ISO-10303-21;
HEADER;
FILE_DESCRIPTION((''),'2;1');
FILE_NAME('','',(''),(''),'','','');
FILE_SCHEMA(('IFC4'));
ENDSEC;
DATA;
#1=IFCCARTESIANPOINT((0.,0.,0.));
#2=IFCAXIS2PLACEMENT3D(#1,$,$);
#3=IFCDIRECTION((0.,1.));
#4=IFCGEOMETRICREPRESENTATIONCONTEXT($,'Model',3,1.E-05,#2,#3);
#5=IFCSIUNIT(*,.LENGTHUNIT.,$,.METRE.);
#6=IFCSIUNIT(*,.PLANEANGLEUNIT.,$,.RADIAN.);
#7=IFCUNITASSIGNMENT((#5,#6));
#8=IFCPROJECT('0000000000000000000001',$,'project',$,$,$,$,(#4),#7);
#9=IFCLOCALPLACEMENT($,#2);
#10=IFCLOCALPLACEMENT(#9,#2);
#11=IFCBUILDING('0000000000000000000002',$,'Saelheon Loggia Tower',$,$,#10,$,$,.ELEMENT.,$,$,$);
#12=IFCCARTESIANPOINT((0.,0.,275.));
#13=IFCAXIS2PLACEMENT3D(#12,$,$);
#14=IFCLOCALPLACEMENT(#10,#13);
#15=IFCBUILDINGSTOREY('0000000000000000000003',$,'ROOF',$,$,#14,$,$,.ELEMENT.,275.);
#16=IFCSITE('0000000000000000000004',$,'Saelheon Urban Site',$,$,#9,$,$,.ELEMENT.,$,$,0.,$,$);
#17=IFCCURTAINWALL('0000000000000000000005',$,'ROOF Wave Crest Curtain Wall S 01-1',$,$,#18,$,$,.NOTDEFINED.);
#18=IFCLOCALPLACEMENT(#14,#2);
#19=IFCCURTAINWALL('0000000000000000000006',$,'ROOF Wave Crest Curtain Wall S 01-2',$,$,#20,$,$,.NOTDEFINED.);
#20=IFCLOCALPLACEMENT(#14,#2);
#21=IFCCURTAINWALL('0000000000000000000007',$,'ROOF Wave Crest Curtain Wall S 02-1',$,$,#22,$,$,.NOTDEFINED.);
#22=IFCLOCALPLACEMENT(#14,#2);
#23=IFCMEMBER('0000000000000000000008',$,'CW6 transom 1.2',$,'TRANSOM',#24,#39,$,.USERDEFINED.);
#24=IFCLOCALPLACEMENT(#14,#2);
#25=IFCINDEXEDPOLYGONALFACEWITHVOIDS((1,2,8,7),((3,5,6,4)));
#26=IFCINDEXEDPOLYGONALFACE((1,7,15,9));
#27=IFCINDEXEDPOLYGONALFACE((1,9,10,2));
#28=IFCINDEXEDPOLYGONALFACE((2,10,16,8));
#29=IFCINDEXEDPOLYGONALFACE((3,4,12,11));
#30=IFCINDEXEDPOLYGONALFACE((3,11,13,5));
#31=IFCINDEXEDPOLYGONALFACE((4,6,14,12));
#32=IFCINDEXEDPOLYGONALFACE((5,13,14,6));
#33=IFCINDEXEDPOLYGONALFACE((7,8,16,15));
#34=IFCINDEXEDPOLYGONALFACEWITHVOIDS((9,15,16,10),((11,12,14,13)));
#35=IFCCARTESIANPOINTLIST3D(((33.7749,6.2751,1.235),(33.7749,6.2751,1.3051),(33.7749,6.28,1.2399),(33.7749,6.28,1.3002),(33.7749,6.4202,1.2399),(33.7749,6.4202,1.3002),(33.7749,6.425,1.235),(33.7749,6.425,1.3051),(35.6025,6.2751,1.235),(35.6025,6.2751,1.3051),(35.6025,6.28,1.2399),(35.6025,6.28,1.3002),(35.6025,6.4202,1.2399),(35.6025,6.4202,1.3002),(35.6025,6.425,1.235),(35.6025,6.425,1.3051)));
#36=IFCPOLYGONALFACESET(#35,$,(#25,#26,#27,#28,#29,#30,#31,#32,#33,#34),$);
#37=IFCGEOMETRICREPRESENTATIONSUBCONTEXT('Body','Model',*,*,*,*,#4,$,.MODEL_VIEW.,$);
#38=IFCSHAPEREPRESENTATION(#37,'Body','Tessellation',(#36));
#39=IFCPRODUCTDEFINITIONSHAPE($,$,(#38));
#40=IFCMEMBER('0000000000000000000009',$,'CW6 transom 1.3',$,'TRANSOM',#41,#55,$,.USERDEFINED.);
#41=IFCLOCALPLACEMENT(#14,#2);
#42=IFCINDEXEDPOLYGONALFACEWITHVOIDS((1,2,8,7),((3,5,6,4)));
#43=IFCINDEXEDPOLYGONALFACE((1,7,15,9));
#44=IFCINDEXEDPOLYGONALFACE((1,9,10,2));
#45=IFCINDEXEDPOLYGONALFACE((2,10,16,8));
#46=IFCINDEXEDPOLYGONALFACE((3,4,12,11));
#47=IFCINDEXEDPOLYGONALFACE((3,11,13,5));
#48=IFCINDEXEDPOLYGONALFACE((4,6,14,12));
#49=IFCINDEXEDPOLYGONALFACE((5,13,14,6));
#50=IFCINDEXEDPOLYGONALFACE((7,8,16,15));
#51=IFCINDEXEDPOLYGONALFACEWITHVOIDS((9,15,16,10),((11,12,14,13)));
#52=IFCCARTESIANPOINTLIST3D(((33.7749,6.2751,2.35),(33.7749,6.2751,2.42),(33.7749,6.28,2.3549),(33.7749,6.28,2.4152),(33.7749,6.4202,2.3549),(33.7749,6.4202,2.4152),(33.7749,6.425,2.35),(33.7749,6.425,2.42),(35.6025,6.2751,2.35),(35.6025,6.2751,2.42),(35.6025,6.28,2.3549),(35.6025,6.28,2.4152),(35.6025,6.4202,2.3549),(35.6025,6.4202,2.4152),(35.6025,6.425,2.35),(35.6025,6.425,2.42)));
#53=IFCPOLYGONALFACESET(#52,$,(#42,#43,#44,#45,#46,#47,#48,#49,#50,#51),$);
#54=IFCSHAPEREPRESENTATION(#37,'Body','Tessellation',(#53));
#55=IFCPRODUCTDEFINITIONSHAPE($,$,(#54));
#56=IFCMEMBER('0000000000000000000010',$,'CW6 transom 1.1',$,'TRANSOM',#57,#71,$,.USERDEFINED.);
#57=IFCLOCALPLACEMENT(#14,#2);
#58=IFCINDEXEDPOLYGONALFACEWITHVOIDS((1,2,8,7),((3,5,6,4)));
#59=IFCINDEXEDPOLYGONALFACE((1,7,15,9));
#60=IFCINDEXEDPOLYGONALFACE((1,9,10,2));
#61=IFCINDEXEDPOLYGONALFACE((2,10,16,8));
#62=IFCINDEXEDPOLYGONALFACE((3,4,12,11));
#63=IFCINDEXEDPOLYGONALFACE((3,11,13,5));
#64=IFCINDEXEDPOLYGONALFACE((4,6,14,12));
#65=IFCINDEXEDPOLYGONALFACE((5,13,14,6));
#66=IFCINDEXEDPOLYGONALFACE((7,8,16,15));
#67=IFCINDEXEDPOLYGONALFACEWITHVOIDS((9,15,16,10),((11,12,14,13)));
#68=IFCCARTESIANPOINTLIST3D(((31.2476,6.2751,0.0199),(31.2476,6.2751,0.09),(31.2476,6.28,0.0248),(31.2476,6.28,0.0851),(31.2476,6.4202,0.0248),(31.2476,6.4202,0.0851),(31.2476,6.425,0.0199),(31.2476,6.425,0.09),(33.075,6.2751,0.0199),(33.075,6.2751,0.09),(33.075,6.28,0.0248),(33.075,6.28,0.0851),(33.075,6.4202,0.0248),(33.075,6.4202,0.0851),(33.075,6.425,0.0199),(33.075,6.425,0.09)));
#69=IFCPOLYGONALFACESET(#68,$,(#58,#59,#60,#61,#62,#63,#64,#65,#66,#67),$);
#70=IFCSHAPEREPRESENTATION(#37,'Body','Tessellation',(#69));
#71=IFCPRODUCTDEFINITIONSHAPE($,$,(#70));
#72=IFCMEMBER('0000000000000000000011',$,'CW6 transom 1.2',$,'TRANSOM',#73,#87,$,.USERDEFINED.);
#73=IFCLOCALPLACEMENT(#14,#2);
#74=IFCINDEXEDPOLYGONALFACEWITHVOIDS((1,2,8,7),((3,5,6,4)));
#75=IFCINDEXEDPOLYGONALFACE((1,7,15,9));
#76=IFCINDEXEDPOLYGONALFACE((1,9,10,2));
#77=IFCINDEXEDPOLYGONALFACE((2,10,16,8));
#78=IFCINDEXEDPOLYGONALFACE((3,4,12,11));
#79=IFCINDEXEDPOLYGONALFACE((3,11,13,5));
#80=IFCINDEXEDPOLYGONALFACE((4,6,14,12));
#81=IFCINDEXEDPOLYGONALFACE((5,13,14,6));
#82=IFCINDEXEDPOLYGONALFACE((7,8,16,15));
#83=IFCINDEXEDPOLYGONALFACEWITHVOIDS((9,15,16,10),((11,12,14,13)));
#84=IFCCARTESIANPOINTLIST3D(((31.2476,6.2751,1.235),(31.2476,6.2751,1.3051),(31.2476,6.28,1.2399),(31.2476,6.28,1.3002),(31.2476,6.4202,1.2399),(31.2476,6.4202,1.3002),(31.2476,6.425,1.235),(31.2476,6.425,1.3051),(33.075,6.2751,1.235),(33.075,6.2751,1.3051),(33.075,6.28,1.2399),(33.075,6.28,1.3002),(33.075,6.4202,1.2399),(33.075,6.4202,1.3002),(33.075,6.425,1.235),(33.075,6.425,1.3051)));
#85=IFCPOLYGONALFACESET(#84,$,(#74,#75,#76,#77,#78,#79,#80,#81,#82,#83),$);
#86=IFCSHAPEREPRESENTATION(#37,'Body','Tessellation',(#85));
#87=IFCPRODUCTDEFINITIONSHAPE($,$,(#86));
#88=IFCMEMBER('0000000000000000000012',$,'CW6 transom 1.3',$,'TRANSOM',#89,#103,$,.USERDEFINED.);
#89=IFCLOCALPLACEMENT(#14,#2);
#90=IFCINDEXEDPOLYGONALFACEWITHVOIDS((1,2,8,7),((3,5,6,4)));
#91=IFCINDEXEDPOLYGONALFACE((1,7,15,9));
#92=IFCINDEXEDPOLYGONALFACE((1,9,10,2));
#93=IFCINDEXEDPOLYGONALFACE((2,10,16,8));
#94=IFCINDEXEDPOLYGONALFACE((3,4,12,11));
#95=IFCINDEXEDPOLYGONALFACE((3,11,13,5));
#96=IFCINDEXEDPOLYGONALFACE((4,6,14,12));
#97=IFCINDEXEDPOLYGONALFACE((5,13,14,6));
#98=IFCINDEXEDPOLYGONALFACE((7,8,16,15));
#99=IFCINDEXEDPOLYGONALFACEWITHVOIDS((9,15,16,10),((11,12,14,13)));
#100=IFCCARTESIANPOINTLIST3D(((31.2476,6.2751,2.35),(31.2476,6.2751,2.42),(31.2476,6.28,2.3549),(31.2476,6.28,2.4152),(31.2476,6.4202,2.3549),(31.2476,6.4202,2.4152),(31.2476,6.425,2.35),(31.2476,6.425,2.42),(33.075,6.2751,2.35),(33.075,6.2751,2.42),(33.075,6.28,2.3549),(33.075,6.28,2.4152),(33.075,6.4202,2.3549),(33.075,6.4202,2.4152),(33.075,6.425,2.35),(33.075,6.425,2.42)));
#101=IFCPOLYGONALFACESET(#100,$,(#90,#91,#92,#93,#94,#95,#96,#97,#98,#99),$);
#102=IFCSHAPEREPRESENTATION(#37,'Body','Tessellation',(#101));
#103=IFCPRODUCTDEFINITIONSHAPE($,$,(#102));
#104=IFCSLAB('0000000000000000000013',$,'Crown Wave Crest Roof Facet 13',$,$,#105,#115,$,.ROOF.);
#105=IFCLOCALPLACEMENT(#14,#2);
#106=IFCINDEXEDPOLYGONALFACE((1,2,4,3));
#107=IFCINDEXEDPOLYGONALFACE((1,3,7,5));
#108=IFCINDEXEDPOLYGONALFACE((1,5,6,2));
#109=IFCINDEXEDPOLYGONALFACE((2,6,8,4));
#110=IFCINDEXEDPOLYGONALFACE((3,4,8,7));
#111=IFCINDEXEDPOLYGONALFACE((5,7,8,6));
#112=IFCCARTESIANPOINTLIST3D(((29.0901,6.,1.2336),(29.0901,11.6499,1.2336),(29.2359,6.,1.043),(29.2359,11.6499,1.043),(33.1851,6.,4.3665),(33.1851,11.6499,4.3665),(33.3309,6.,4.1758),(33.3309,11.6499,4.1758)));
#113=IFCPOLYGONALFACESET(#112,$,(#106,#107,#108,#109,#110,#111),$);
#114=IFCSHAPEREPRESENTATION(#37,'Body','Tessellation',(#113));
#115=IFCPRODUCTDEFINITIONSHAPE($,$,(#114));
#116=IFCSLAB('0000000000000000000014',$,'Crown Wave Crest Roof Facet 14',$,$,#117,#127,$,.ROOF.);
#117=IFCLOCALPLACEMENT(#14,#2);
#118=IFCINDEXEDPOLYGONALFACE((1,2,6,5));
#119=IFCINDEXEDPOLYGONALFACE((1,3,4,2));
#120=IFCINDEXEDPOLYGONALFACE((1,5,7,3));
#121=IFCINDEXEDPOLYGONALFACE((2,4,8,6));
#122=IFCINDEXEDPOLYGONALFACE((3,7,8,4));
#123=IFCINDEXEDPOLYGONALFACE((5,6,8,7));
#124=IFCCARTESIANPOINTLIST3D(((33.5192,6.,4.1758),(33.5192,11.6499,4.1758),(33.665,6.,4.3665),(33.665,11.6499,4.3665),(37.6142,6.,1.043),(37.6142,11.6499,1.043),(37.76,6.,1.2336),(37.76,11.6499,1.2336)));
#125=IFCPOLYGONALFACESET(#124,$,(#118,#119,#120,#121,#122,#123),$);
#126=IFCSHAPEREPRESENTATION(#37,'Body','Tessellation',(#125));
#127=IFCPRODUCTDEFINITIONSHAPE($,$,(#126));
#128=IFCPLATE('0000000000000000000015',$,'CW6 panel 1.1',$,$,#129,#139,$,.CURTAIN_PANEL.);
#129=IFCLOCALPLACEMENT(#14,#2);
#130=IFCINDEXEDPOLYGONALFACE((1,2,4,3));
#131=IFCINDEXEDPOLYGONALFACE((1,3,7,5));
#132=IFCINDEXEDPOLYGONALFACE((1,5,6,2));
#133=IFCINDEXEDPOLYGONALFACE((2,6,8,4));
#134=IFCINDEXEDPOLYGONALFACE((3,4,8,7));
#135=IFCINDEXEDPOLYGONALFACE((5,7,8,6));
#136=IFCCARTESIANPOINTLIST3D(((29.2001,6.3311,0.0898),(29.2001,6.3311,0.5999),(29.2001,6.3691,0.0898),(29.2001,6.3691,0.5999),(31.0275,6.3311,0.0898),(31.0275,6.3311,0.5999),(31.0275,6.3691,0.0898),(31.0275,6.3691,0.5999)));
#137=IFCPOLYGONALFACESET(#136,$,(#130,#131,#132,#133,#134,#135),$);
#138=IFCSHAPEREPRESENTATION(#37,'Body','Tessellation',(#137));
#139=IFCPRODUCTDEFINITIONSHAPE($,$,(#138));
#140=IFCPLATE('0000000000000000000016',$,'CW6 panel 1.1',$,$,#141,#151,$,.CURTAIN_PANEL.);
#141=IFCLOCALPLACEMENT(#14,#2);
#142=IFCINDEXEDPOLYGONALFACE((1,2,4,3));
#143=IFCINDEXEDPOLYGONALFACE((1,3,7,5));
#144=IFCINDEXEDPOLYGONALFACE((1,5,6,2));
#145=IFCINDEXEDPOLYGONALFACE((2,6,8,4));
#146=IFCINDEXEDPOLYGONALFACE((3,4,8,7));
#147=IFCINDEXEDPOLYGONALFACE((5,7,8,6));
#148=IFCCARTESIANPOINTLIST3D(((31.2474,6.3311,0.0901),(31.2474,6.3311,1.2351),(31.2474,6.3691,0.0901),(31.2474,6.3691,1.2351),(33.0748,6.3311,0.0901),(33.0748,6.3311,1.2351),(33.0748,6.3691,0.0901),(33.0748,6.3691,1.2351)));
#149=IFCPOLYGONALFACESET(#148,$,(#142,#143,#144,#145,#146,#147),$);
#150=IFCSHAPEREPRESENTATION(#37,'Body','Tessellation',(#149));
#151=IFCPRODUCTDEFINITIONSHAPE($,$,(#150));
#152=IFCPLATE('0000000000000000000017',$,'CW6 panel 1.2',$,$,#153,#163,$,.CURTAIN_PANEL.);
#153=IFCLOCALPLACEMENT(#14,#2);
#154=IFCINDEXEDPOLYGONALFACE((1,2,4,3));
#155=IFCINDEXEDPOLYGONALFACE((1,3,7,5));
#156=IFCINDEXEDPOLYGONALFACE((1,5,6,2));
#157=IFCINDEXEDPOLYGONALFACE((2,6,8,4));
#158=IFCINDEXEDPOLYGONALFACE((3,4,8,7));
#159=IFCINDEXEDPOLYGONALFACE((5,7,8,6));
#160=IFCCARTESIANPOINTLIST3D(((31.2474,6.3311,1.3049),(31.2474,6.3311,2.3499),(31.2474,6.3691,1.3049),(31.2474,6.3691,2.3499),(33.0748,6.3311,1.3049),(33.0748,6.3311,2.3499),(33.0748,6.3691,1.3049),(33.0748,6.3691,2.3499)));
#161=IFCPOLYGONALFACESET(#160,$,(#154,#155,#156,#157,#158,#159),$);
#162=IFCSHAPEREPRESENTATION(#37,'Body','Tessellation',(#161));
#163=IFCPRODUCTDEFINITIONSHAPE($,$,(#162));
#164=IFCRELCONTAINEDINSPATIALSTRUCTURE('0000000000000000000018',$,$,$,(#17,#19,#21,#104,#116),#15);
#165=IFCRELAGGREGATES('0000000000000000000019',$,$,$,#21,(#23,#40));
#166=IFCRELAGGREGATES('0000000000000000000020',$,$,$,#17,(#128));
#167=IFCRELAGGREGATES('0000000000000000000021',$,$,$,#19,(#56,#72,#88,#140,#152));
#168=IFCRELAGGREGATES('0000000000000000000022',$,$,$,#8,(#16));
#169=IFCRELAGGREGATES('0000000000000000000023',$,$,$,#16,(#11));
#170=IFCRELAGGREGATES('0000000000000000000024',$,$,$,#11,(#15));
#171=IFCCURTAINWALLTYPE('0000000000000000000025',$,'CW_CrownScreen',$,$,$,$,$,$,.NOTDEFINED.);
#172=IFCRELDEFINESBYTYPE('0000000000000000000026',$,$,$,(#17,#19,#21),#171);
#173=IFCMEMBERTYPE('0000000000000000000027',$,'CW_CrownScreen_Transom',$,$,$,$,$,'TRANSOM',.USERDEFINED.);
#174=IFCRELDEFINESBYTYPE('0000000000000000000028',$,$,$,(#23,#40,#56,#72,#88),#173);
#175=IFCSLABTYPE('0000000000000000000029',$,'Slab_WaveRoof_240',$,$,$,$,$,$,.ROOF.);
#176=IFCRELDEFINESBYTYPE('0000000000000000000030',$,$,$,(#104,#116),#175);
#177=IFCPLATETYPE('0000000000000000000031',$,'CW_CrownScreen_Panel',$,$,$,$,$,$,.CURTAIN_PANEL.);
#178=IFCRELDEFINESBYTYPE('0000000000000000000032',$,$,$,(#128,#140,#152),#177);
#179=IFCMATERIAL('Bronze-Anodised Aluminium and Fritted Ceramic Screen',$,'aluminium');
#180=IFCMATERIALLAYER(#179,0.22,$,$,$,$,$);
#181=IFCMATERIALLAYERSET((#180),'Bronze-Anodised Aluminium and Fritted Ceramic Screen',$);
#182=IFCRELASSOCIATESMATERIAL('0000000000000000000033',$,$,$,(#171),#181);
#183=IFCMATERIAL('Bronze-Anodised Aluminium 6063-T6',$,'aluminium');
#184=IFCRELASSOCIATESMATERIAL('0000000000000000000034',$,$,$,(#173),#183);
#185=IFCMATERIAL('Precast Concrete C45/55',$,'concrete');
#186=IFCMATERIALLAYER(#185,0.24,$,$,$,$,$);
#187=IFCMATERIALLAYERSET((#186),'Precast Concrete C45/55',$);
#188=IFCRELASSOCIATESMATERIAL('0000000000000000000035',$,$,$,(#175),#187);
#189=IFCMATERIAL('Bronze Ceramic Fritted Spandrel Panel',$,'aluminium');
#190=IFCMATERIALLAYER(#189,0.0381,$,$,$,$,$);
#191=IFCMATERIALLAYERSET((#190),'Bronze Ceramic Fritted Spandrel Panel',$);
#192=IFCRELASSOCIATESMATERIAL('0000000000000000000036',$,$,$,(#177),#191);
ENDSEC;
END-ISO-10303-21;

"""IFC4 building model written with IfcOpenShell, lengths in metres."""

from ifc_helpers import new_model, si_unit, direction, frame, origin, origin_2d, place, context, subcontext, project, spatial, polyline, rectangle, hollow_rectangle, outline, extrude, source, transform, mapped, material, layer, layer_set, material_profile, profile_set, type_object, element, aggregate, save


model = new_model("IFC4")

# Units and contexts
model_context = context("Model", 3, precision=1e-05, world=origin(), true_north=direction((0.0, 1.0)))
body_context = subcontext(model_context, "Body", "Model", "MODEL_VIEW")
ifc_project = project(units=[si_unit("LENGTHUNIT", "METRE"), si_unit("PLANEANGLEUNIT", "RADIAN")], contexts=[model_context])

# Site, building, storey
site_placement = place(None, origin())
site = spatial("IfcSite", under=ifc_project, at=site_placement, Name="Saelheon Urban Site", CompositionType="ELEMENT", RefElevation=0.0)
building_placement = place(site_placement, origin())
building = spatial("IfcBuilding", under=site, at=building_placement, Name="Saelheon Loggia Tower", CompositionType="ELEMENT")
storey_placement = place(building_placement, frame((0.0, 0.0, 275.0)))
storey = spatial("IfcBuildingStorey", under=building, at=storey_placement, Name="ROOF", CompositionType="ELEMENT", Elevation=275.0)

# Curtain walls
ifc_material_1 = material(Name="Bronze-Anodised Aluminium and Fritted Ceramic Screen", Category="aluminium")
ifc_layer_1 = layer(ifc_material_1, 0.22)
ifc_layer_set_1 = layer_set([ifc_layer_1], Name="Bronze-Anodised Aluminium and Fritted Ceramic Screen")
curtain_wall_type = type_object("IfcCurtainWallType", Name="CW_CrownScreen", PredefinedType="NOTDEFINED", material=ifc_layer_set_1)
curtain_wall_1_placement = place(storey_placement, origin())
curtain_wall_1 = element("IfcCurtainWall", 1, at=curtain_wall_1_placement, inside=storey, type_object=curtain_wall_type, Name="ROOF Wave Crest Curtain Wall S 01-1", PredefinedType="NOTDEFINED")
ifc_material_2 = material(Name="Bronze-Anodised Aluminium 6063-T6", Category="aluminium")
curtain_wall_2_placement = place(storey_placement, origin())
curtain_wall_2 = element("IfcCurtainWall", 2, at=curtain_wall_2_placement, inside=storey, type_object=curtain_wall_type, Name="ROOF Wave Crest Curtain Wall S 01-2", PredefinedType="NOTDEFINED")

# Curtain wall
curtain_wall_3_placement = place(storey_placement, origin())
curtain_wall_3 = element("IfcCurtainWall", 3, at=curtain_wall_3_placement, inside=storey, type_object=curtain_wall_type, Name="ROOF Wave Crest Curtain Wall S 02-1", PredefinedType="NOTDEFINED")

# Members
ifc_material_profile_1 = material_profile(ifc_material_2, hollow_rectangle(XDim=0.0701, YDim=0.1499, WallThickness=0.0049, at=origin_2d()), Name="RHS-150x70x5")
ifc_profile_set_1 = profile_set([ifc_material_profile_1], Name="Bronze-Anodised Aluminium 6063-T6")
member_type_1 = type_object("IfcMemberType", Name="CW_CrownScreen_Transom", ElementType="TRANSOM", PredefinedType="USERDEFINED", material=ifc_profile_set_1)
shared_shape_1 = source(origin(), body_context, "Body", "SweptSolid", [
    extrude(hollow_rectangle(XDim=0.0701, YDim=0.1499, WallThickness=0.0049, at=origin_2d()), origin(), (0.0, 0.0, 1.0), 1.8276),
])
member_1_placement = place(storey_placement, frame((33.7749, 6.3501, 1.27), z_axis=(1.0, 0.0, 0.0), x_axis=(0.0, 0.0, 1.0)))
member_1 = element("IfcMember", 4, at=member_1_placement, type_object=member_type_1, Name="CW6 transom 1.2", ObjectType="TRANSOM", PredefinedType="USERDEFINED", context=body_context, shape_type="MappedRepresentation", body=[
    mapped(shared_shape_1, transform((0.0, 0.0, 0.0), scale=1.0)),
])
member_2_placement = place(storey_placement, frame((33.7749, 6.3501, 2.385), z_axis=(1.0, 0.0, 0.0), x_axis=(0.0, 0.0, 1.0)))
member_2 = element("IfcMember", 5, at=member_2_placement, type_object=member_type_1, Name="CW6 transom 1.3", ObjectType="TRANSOM", PredefinedType="USERDEFINED", context=body_context, shape_type="MappedRepresentation", body=[
    mapped(shared_shape_1, transform((0.0, 0.0, 0.0), scale=1.0)),
])
aggregate(curtain_wall_3, [member_1, member_2])
shared_shape_2 = source(origin(), body_context, "Body", "SweptSolid", [
    extrude(hollow_rectangle(XDim=0.0701, YDim=0.1499, WallThickness=0.0049, at=origin_2d()), origin(), (0.0, 0.0, 1.0), 1.8274),
])
member_3_placement = place(storey_placement, frame((31.2476, 6.3501, 0.0549), z_axis=(1.0, 0.0, 0.0), x_axis=(0.0, 0.0, 1.0)))
member_3 = element("IfcMember", 6, at=member_3_placement, type_object=member_type_1, Name="CW6 transom 1.1", ObjectType="TRANSOM", PredefinedType="USERDEFINED", context=body_context, shape_type="MappedRepresentation", body=[
    mapped(shared_shape_2, transform((0.0, 0.0, 0.0), scale=1.0)),
])
member_4_placement = place(storey_placement, frame((31.2476, 6.3501, 1.27), z_axis=(1.0, 0.0, 0.0), x_axis=(0.0, 0.0, 1.0)))
member_4 = element("IfcMember", 7, at=member_4_placement, type_object=member_type_1, Name="CW6 transom 1.2", ObjectType="TRANSOM", PredefinedType="USERDEFINED", context=body_context, shape_type="MappedRepresentation", body=[
    mapped(shared_shape_2, transform((0.0, 0.0, 0.0), scale=1.0)),
])
member_5_placement = place(storey_placement, frame((31.2476, 6.3501, 2.385), z_axis=(1.0, 0.0, 0.0), x_axis=(0.0, 0.0, 1.0)))
member_5 = element("IfcMember", 8, at=member_5_placement, type_object=member_type_1, Name="CW6 transom 1.3", ObjectType="TRANSOM", PredefinedType="USERDEFINED", context=body_context, shape_type="MappedRepresentation", body=[
    mapped(shared_shape_2, transform((0.0, 0.0, 0.0), scale=1.0)),
])

# Slabs
ifc_material_3 = material(Name="Precast Concrete C45/55", Category="concrete")
ifc_layer_2 = layer(ifc_material_3, 0.24)
ifc_layer_set_2 = layer_set([ifc_layer_2], Name="Precast Concrete C45/55")
slab_type = type_object("IfcSlabType", Name="Slab_WaveRoof_240", PredefinedType="ROOF", material=ifc_layer_set_2)
for number, where, z_axis, x_axis, name in (
    (9, (29.0901, 6.0, 1.2336), (-0.607617, 0.0, 0.79423), (0.0, 1.0, 0.0), "Crown Wave Crest Roof Facet 13"),
    (10, (33.665, 6.0, 4.3665), (0.607617, 0.0, 0.79423), (0.0, 1.0, 0.0), "Crown Wave Crest Roof Facet 14"),
):
    element("IfcSlab", number, at=place(storey_placement, frame(where, z_axis=z_axis, x_axis=x_axis)), inside=storey, type_object=slab_type, Name=name, PredefinedType="ROOF", context=body_context, shape_type="SweptSolid", body=[
        extrude(outline(polyline([(0.0, 0.0), (5.6499, 0.0), (5.6499, -5.1559), (0.0, -5.1559), (0.0, 0.0)])), origin(), (0.0, 0.0, -1.0), 0.24),
    ])

# Plates
ifc_material_4 = material(Name="Bronze Ceramic Fritted Spandrel Panel", Category="aluminium")
ifc_layer_3 = layer(ifc_material_4, 0.0381)
ifc_layer_set_3 = layer_set([ifc_layer_3], Name="Bronze Ceramic Fritted Spandrel Panel")
plate_type = type_object("IfcPlateType", Name="CW_CrownScreen_Panel", PredefinedType="CURTAIN_PANEL", material=ifc_layer_set_3)
shared_shape_3 = source(origin(), body_context, "Body", "SweptSolid", [
    extrude(rectangle(XDim=1.8274, YDim=0.0381, at=origin_2d()), origin(), (0.0, 0.0, 1.0), 0.51),
])
plate_1_placement = place(storey_placement, frame((30.1138, 6.3501, 0.0898), z_axis=(0.0, 0.0, 1.0), x_axis=(1.0, 0.0, 0.0)))
plate_1 = element("IfcPlate", 11, at=plate_1_placement, type_object=plate_type, Name="CW6 panel 1.1", PredefinedType="CURTAIN_PANEL", context=body_context, shape_type="MappedRepresentation", body=[
    mapped(shared_shape_3, transform((0.0, 0.0, 0.0), scale=1.0)),
])
aggregate(curtain_wall_1, [plate_1])
shared_shape_4 = source(origin(), body_context, "Body", "SweptSolid", [
    extrude(rectangle(XDim=1.8274, YDim=0.0381, at=origin_2d()), origin(), (0.0, 0.0, 1.0), 1.145),
])
plate_2_placement = place(storey_placement, frame((32.1611, 6.3501, 0.0901), z_axis=(0.0, 0.0, 1.0), x_axis=(1.0, 0.0, 0.0)))
plate_2 = element("IfcPlate", 12, at=plate_2_placement, type_object=plate_type, Name="CW6 panel 1.1", PredefinedType="CURTAIN_PANEL", context=body_context, shape_type="MappedRepresentation", body=[
    mapped(shared_shape_4, transform((0.0, 0.0, 0.0), scale=1.0)),
])
shared_shape_5 = source(origin(), body_context, "Body", "SweptSolid", [
    extrude(rectangle(XDim=1.8274, YDim=0.0381, at=origin_2d()), origin(), (0.0, 0.0, 1.0), 1.0449),
])
plate_3_placement = place(storey_placement, frame((32.1611, 6.3501, 1.3049), z_axis=(0.0, 0.0, 1.0), x_axis=(1.0, 0.0, 0.0)))
plate_3 = element("IfcPlate", 13, at=plate_3_placement, type_object=plate_type, Name="CW6 panel 1.2", PredefinedType="CURTAIN_PANEL", context=body_context, shape_type="MappedRepresentation", body=[
    mapped(shared_shape_5, transform((0.0, 0.0, 0.0), scale=1.0)),
])
aggregate(curtain_wall_2, [member_3, member_4, member_5, plate_2, plate_3])

save(model, "model.ifc")
